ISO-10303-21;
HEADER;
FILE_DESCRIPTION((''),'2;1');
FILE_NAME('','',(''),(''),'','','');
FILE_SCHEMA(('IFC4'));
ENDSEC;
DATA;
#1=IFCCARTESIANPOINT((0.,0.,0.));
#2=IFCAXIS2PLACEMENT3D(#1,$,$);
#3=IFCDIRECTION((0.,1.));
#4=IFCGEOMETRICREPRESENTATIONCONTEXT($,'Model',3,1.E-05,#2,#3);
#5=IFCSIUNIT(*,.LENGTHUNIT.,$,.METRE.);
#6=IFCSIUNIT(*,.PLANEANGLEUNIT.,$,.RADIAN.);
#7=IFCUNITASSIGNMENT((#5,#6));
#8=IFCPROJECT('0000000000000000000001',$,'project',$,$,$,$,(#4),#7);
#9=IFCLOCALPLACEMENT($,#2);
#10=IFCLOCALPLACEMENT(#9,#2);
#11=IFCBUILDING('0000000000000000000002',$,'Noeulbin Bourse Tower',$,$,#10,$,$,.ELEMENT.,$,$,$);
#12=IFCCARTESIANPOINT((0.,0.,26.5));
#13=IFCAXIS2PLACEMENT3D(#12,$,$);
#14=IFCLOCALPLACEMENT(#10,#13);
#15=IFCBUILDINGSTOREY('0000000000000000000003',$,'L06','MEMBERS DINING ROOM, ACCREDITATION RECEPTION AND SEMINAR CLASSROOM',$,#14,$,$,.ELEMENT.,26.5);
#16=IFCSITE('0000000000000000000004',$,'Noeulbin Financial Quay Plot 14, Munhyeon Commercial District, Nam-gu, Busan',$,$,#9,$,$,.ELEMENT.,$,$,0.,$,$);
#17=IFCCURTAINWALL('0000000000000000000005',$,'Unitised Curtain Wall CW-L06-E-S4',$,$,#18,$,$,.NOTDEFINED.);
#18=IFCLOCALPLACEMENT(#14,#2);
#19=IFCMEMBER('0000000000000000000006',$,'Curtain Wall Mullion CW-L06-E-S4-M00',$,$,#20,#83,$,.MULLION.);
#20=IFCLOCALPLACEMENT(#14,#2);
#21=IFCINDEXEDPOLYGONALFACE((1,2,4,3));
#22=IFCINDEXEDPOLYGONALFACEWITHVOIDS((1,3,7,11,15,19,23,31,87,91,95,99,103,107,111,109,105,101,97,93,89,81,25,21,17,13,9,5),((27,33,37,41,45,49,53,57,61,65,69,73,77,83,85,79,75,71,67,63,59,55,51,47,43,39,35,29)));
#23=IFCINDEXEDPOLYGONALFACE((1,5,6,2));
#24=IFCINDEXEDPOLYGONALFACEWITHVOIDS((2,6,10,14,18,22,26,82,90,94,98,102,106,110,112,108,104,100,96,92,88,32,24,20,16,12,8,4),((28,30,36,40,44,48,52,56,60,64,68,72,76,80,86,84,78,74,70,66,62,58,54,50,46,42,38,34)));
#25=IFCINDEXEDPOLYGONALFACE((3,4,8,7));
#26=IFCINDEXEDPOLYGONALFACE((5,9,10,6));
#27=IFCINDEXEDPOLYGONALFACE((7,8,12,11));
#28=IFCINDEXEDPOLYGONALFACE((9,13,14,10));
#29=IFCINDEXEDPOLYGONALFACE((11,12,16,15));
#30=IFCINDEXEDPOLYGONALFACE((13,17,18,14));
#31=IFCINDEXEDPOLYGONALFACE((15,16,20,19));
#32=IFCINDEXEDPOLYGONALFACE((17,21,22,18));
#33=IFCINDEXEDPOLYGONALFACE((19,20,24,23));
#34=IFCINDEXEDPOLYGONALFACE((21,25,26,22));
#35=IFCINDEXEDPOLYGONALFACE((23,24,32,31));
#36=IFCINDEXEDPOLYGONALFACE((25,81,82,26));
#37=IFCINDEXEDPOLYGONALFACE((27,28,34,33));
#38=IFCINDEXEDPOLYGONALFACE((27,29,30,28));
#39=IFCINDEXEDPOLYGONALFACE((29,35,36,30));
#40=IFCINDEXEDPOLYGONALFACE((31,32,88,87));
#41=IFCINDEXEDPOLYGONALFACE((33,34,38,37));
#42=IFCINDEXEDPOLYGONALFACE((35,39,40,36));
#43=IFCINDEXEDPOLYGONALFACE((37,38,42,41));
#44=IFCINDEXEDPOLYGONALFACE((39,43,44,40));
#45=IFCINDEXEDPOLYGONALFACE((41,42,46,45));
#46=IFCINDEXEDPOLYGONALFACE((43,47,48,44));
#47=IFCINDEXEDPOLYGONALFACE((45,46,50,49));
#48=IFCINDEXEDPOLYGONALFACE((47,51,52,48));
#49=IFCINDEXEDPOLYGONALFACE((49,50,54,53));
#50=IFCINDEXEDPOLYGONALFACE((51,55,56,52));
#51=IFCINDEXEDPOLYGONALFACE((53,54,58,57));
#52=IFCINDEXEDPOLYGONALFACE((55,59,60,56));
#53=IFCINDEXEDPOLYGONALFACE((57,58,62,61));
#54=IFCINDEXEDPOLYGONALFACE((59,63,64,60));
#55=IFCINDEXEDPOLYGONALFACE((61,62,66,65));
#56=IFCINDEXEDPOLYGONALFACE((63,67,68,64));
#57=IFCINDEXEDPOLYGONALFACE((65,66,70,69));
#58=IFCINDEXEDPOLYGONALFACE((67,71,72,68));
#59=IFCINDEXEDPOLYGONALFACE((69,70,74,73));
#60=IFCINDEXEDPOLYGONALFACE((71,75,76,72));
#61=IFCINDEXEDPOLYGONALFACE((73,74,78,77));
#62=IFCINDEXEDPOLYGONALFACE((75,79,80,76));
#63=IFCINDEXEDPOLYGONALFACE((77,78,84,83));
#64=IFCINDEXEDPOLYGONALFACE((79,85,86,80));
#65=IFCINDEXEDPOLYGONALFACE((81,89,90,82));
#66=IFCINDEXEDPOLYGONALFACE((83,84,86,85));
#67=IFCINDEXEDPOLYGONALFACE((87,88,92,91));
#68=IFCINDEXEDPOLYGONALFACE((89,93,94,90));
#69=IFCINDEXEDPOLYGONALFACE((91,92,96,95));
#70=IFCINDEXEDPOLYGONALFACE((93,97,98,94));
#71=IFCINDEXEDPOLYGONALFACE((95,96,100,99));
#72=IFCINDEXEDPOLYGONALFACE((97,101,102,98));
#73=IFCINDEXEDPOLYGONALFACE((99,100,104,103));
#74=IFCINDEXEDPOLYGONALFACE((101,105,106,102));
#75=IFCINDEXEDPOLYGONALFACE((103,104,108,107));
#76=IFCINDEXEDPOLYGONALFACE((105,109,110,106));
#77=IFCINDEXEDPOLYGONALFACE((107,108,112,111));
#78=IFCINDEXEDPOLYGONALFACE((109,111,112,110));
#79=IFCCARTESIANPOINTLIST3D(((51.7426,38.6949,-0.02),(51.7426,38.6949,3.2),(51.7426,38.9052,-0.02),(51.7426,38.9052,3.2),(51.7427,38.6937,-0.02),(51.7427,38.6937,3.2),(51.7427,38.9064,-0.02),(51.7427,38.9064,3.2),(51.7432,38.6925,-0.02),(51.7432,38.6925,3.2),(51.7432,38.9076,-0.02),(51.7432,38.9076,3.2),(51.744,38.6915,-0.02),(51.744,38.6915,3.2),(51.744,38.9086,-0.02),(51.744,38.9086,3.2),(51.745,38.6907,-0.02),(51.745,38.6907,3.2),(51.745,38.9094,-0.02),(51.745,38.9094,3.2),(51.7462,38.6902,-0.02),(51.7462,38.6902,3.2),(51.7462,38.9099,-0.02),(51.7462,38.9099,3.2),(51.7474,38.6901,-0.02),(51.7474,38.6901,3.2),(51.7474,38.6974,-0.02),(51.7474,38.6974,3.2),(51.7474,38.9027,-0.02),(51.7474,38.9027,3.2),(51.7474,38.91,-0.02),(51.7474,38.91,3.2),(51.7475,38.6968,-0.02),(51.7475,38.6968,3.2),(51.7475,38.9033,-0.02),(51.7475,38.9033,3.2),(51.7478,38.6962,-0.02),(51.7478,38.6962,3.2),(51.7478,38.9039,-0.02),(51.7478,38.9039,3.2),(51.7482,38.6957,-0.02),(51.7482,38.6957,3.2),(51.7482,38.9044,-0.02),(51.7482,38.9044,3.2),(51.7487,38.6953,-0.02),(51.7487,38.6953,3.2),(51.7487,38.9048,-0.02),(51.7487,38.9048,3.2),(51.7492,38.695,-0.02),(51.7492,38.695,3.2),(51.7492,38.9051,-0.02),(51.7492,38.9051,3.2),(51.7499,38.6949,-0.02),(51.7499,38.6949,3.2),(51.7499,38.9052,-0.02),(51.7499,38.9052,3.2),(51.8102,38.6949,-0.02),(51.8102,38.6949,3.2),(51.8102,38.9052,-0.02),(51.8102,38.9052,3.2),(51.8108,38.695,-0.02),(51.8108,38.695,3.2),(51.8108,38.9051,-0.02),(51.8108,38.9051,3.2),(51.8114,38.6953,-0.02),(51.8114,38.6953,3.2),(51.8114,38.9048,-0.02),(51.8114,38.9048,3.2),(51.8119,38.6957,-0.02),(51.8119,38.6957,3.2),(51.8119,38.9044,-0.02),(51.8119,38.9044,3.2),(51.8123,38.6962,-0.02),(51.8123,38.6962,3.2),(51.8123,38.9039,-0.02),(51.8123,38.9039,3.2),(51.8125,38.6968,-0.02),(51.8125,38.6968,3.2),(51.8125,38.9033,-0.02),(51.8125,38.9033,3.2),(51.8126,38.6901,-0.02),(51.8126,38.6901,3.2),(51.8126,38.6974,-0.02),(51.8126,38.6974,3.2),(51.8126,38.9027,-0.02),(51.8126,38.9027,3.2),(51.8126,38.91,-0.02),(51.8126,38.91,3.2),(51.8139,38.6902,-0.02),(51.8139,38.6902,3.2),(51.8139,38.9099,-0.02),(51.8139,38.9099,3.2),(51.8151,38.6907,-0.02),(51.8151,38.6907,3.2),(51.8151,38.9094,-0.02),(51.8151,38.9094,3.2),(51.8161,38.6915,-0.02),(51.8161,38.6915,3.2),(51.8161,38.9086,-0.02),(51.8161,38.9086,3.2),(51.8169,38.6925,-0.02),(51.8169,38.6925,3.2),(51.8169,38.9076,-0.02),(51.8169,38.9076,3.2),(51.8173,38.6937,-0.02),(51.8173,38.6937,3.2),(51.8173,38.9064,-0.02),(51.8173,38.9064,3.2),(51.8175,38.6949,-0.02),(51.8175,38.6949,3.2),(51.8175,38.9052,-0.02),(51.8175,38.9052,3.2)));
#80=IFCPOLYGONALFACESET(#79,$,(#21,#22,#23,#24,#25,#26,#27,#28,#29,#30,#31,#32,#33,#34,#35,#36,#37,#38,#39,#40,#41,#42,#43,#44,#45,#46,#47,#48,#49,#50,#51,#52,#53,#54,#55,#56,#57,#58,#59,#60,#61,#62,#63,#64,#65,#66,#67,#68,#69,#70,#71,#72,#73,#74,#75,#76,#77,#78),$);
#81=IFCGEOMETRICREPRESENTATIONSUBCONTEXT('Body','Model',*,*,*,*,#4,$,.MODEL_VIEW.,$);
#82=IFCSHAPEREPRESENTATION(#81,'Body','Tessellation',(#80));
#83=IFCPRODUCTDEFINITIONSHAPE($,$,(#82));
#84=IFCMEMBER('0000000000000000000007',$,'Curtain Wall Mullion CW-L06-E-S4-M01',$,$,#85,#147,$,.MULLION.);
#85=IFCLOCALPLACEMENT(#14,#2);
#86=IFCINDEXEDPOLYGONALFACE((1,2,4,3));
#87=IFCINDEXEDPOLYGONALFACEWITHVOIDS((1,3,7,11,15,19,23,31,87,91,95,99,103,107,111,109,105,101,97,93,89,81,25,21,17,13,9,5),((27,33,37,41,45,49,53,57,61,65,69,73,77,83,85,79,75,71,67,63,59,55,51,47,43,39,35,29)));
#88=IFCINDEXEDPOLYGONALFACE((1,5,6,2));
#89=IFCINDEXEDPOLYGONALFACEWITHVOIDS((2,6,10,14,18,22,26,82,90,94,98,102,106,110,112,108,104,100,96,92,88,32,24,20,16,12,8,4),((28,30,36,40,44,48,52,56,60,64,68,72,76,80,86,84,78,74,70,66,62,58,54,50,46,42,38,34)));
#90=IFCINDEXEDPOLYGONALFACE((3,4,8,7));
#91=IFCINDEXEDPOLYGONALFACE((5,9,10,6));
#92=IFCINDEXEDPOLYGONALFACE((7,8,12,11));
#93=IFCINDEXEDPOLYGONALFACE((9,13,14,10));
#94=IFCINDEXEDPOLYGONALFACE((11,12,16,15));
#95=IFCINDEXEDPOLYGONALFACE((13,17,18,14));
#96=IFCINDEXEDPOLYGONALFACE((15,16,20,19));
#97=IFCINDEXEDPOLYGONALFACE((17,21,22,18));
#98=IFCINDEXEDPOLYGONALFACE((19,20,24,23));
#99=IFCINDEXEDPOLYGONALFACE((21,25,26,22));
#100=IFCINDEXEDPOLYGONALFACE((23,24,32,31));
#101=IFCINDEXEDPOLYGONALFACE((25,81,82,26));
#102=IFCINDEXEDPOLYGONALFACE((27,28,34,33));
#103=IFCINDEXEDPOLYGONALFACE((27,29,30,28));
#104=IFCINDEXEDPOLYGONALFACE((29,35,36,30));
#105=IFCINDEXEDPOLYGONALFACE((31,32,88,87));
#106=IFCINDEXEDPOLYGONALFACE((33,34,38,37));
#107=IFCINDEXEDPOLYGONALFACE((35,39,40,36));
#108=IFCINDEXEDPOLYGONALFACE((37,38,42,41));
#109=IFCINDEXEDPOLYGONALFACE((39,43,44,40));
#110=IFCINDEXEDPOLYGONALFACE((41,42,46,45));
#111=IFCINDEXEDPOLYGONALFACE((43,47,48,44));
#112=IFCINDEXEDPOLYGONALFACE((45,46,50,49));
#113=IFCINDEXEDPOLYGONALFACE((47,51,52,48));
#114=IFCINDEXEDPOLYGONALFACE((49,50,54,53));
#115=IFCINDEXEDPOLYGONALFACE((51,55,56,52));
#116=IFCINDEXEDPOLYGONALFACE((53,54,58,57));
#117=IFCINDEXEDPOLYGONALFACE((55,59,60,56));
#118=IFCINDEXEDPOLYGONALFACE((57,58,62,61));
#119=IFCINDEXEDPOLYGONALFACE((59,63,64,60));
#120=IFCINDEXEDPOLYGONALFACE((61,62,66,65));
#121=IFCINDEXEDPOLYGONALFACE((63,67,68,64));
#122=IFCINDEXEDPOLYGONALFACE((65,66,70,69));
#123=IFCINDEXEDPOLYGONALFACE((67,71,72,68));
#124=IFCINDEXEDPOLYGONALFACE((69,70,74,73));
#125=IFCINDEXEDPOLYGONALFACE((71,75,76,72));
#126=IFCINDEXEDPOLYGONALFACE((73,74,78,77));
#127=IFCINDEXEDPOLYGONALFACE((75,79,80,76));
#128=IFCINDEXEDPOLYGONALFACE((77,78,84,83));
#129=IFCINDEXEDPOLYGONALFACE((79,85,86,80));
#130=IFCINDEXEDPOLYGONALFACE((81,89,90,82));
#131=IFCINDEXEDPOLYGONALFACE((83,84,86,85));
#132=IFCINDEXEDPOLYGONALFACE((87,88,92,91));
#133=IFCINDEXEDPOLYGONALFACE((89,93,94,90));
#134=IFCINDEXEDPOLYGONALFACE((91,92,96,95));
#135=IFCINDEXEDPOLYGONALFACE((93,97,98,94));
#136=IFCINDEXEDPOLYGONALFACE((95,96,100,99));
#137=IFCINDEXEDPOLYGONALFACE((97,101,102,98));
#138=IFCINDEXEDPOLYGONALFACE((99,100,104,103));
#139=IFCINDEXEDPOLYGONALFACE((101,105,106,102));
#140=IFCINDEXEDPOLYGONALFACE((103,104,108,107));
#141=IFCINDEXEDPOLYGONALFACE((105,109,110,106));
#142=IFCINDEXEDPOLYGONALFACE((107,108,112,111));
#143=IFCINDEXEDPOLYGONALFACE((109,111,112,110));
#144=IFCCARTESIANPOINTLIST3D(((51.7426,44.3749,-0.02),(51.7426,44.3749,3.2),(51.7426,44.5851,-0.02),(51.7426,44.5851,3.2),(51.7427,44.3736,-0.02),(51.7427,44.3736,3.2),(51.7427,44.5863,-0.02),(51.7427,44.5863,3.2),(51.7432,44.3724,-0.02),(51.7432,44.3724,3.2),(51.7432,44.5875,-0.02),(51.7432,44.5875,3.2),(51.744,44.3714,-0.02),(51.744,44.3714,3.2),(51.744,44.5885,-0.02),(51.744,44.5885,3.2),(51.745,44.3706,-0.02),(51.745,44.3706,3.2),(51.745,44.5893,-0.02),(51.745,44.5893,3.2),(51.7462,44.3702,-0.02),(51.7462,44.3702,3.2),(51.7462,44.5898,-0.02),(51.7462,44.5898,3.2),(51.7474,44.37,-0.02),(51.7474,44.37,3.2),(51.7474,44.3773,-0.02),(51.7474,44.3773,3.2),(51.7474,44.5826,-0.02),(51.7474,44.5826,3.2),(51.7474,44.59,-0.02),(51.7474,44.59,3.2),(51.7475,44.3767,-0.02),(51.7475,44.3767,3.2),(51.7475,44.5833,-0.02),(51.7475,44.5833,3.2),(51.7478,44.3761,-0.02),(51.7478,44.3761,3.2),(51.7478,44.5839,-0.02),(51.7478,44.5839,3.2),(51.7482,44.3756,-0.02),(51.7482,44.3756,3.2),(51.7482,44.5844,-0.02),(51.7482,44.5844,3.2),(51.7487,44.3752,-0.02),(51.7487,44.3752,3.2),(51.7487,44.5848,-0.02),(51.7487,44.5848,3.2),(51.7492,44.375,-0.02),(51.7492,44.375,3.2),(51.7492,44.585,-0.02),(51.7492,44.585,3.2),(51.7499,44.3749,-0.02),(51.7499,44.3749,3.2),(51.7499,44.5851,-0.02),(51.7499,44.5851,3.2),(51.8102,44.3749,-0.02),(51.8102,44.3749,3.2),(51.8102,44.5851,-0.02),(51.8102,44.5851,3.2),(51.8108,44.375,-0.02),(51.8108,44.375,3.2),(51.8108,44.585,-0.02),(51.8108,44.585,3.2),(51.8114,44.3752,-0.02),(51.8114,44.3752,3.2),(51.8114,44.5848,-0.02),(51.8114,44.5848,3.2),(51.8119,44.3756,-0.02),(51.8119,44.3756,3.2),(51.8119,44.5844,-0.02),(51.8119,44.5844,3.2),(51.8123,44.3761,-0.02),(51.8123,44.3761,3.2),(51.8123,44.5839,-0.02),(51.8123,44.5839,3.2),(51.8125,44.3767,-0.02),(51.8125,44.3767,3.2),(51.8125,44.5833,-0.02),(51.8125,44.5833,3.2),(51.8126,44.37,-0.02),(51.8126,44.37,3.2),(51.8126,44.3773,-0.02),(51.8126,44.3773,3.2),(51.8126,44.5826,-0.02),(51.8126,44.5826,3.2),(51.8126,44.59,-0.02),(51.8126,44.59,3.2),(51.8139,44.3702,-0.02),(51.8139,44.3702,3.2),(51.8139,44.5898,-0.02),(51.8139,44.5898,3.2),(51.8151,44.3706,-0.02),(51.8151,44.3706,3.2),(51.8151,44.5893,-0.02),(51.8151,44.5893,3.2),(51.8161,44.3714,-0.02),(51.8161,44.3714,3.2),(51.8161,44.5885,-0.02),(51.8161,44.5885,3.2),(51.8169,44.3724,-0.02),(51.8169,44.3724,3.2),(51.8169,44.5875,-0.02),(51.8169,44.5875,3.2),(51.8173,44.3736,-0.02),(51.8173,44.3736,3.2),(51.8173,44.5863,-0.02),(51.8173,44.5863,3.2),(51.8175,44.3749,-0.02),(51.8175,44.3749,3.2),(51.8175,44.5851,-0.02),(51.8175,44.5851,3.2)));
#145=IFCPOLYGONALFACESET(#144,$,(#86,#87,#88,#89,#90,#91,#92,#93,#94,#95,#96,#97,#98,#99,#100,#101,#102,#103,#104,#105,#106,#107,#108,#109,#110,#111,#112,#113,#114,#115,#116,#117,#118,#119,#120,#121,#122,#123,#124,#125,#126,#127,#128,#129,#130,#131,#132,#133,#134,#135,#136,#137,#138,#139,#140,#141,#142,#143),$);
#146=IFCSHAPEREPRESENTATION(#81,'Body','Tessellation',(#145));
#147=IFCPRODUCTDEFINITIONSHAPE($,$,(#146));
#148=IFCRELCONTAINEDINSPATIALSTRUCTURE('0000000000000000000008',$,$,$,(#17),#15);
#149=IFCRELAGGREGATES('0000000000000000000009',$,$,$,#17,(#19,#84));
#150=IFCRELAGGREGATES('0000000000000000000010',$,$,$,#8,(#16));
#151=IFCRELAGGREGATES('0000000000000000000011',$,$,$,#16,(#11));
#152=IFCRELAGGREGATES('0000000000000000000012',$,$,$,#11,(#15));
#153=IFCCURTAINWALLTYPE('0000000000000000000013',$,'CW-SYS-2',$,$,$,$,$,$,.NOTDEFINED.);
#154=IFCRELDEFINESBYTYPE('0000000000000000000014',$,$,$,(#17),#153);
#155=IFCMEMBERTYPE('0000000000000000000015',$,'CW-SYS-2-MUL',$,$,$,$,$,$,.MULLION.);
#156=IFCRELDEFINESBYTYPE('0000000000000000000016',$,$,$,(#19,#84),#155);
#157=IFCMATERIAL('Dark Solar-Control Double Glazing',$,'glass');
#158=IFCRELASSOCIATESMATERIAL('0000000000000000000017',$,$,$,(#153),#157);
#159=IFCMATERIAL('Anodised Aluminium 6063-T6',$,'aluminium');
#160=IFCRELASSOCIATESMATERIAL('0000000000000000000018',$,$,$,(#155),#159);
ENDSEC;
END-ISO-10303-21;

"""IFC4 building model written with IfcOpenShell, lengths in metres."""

from ifc_helpers import new_model, si_unit, direction, frame, origin, origin_2d, place, context, subcontext, project, spatial, hollow_rectangle, extrude, material, material_profile, profile_set, type_object, element, aggregate, save


model = new_model("IFC4")

# Units and contexts
model_context = context("Model", 3, precision=1e-05, world=origin(), true_north=direction((0.0, 1.0)))
body_context = subcontext(model_context, "Body", "Model", "MODEL_VIEW")
ifc_project = project(units=[si_unit("LENGTHUNIT", "METRE"), si_unit("PLANEANGLEUNIT", "RADIAN")], contexts=[model_context])

# Site, building, storey
site_placement = place(None, origin())
site = spatial("IfcSite", under=ifc_project, at=site_placement, Name="Noeulbin Financial Quay Plot 14, Munhyeon Commercial District, Nam-gu, Busan", CompositionType="ELEMENT", RefElevation=0.0)
building_placement = place(site_placement, origin())
building = spatial("IfcBuilding", under=site, at=building_placement, Name="Noeulbin Bourse Tower", CompositionType="ELEMENT")
storey_placement = place(building_placement, frame((0.0, 0.0, 26.5)))
storey = spatial("IfcBuildingStorey", under=building, at=storey_placement, Name="L06", Description="MEMBERS DINING ROOM, ACCREDITATION RECEPTION AND SEMINAR CLASSROOM", CompositionType="ELEMENT", Elevation=26.5)

# Shared definitions
ifc_material_1 = material(Name="Dark Solar-Control Double Glazing", Category="glass")
curtain_wall_type = type_object("IfcCurtainWallType", Name="CW-SYS-2", PredefinedType="NOTDEFINED", material=ifc_material_1)
ifc_material_2 = material(Name="Anodised Aluminium 6063-T6", Category="aluminium")
ifc_material_profile_1 = material_profile(ifc_material_2, hollow_rectangle(XDim=0.075, YDim=0.22, WallThickness=0.0049, InnerFilletRadius=0.0024, OuterFilletRadius=0.0049, at=origin_2d()), Name="ALU-MULL-75x220x5", Category="LoadBearing")
ifc_profile_set_1 = profile_set([ifc_material_profile_1], Name="Anodised Aluminium 6063-T6")
member_type_1 = type_object("IfcMemberType", Name="CW-SYS-2-MUL", PredefinedType="MULLION", material=ifc_profile_set_1)

# Curtain wall, members
curtain_wall_1_placement = place(storey_placement, origin())
curtain_wall_1 = element("IfcCurtainWall", 1, at=curtain_wall_1_placement, inside=storey, type_object=curtain_wall_type, Name="Unitised Curtain Wall CW-L06-E-S4", PredefinedType="NOTDEFINED")
member_1_placement = place(storey_placement, frame((51.78, 38.8, -0.02), z_axis=(0.0, 0.0, 1.0), x_axis=(1.0, 0.0, 0.0)))
member_1 = element("IfcMember", 2, at=member_1_placement, type_object=member_type_1, Name="Curtain Wall Mullion CW-L06-E-S4-M00", PredefinedType="MULLION", context=body_context, shape_type="SweptSolid", body=[
    extrude(hollow_rectangle(XDim=0.075, YDim=0.22, WallThickness=0.0049, InnerFilletRadius=0.0024, OuterFilletRadius=0.0049, at=origin_2d()), origin(), (0.0, 0.0, 1.0), 3.22),
])
member_2_placement = place(storey_placement, frame((51.78, 44.48, -0.02), z_axis=(0.0, 0.0, 1.0), x_axis=(1.0, 0.0, 0.0)))
member_2 = element("IfcMember", 3, at=member_2_placement, type_object=member_type_1, Name="Curtain Wall Mullion CW-L06-E-S4-M01", PredefinedType="MULLION", context=body_context, shape_type="SweptSolid", body=[
    extrude(hollow_rectangle(XDim=0.075, YDim=0.22, WallThickness=0.0049, InnerFilletRadius=0.0024, OuterFilletRadius=0.0049, at=origin_2d()), origin(), (0.0, 0.0, 1.0), 3.22),
])

aggregate(curtain_wall_1, [member_1, member_2])

save(model, "model.ifc")
